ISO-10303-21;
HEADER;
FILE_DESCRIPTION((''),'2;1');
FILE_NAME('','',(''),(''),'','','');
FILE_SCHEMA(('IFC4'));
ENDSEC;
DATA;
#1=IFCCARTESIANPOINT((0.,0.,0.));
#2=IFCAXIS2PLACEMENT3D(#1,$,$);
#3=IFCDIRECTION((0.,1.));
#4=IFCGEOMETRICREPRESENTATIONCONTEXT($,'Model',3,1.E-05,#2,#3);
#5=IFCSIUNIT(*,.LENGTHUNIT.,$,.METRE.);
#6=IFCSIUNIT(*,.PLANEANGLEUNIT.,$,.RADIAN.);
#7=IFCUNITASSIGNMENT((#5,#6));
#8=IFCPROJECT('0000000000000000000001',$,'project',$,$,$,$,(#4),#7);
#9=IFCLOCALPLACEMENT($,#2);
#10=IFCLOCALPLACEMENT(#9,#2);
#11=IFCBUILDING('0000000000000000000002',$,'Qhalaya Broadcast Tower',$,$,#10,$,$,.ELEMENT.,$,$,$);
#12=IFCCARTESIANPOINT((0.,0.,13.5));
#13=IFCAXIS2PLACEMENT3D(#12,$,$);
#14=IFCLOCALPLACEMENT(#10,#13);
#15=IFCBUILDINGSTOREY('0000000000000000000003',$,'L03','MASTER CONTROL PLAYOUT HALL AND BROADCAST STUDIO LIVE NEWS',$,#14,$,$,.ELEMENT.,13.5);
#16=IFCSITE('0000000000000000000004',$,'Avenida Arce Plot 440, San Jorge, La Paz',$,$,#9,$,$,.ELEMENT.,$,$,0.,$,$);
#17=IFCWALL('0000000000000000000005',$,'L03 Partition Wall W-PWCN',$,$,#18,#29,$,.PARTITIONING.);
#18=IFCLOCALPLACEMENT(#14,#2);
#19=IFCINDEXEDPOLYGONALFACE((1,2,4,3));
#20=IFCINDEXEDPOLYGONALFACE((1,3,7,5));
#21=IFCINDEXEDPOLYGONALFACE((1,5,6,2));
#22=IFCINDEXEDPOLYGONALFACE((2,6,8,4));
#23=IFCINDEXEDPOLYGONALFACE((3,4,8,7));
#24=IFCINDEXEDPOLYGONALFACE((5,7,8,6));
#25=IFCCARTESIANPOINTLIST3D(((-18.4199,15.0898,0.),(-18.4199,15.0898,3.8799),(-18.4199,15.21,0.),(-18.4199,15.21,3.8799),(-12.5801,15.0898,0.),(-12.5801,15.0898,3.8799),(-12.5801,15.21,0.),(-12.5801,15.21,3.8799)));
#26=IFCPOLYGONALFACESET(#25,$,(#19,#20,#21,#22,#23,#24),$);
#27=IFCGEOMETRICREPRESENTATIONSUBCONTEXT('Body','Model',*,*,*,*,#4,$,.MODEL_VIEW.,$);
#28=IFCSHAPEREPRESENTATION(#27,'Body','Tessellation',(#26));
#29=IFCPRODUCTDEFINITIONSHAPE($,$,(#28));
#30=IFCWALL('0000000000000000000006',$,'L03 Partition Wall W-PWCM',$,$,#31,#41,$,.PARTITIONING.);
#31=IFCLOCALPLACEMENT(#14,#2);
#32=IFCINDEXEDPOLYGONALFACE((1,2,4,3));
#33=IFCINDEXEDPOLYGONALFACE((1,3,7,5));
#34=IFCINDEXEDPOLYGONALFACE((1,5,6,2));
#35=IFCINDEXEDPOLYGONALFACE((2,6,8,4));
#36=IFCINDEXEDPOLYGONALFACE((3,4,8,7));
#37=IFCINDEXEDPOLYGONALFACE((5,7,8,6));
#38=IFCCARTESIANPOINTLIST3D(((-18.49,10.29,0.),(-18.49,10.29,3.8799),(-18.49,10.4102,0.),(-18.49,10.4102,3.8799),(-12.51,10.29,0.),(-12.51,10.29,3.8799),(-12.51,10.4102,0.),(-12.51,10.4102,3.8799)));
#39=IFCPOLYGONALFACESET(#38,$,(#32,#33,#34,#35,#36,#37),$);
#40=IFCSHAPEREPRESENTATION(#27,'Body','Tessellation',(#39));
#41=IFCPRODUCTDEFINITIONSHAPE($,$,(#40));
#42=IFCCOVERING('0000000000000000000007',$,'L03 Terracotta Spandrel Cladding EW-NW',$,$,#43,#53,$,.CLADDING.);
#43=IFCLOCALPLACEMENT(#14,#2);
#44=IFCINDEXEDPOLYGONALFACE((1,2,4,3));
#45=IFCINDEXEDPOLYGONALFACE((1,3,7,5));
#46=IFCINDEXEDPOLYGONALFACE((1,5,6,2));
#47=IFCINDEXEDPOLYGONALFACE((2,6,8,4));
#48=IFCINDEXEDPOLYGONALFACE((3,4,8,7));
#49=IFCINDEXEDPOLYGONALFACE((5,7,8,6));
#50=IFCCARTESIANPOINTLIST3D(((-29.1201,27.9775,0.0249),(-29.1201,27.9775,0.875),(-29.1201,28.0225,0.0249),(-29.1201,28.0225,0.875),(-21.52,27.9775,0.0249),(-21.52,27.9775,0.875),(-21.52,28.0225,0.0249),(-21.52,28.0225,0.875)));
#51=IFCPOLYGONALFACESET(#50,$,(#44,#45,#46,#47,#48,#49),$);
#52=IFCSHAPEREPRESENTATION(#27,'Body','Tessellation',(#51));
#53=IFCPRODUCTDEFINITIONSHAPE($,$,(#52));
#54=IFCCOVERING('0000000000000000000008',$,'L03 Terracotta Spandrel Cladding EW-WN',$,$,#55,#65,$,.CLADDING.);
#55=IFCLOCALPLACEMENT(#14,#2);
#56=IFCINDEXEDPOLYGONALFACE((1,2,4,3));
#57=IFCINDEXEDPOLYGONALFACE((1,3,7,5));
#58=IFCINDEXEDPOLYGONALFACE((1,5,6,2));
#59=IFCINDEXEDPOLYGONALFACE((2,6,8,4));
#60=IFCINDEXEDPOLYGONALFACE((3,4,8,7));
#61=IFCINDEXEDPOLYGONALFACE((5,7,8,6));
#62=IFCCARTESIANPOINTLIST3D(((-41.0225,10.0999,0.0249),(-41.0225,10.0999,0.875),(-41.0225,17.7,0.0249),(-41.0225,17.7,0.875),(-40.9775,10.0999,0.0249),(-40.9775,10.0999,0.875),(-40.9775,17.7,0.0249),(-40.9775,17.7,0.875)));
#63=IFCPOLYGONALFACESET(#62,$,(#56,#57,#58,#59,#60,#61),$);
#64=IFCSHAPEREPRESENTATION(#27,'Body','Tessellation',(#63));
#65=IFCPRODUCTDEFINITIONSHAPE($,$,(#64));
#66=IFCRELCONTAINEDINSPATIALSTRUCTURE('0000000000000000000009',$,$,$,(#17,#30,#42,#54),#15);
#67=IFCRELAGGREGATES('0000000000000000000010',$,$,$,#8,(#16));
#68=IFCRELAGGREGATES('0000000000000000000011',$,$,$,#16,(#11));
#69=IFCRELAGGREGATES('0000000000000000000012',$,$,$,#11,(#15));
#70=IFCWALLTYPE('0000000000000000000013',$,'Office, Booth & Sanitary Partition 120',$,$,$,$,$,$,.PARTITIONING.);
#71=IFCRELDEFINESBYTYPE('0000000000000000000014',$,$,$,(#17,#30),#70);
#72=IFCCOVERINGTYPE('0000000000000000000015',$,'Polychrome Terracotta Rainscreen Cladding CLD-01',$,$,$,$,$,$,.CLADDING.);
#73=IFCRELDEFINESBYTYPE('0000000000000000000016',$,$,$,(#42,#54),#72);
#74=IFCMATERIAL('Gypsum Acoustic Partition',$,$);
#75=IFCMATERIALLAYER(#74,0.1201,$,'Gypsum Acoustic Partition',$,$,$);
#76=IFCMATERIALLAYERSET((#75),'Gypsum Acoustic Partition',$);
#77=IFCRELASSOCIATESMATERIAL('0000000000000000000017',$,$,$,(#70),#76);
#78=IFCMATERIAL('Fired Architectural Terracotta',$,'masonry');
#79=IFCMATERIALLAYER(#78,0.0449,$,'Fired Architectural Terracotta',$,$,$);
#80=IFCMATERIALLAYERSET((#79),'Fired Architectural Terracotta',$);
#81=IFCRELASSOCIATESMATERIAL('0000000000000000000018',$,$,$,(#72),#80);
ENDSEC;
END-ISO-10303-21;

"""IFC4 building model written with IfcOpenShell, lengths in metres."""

from ifc_helpers import new_model, si_unit, direction, frame, frame_2d, origin, origin_2d, place, context, subcontext, project, spatial, rectangle, extrude, material, layer, layer_set, type_object, element, save


model = new_model("IFC4")

# Units and contexts
model_context = context("Model", 3, precision=1e-05, world=origin(), true_north=direction((0.0, 1.0)))
body_context = subcontext(model_context, "Body", "Model", "MODEL_VIEW")
ifc_project = project(units=[si_unit("LENGTHUNIT", "METRE"), si_unit("PLANEANGLEUNIT", "RADIAN")], contexts=[model_context])

# Site, building, storey
site_placement = place(None, origin())
site = spatial("IfcSite", under=ifc_project, at=site_placement, Name="Avenida Arce Plot 440, San Jorge, La Paz", CompositionType="ELEMENT", RefElevation=0.0)
building_placement = place(site_placement, origin())
building = spatial("IfcBuilding", under=site, at=building_placement, Name="Qhalaya Broadcast Tower", CompositionType="ELEMENT")
storey_placement = place(building_placement, frame((0.0, 0.0, 13.5)))
storey = spatial("IfcBuildingStorey", under=building, at=storey_placement, Name="L03", Description="MASTER CONTROL PLAYOUT HALL AND BROADCAST STUDIO LIVE NEWS", CompositionType="ELEMENT", Elevation=13.5)

# Shared definitions
ifc_material_1 = material(Name="Gypsum Acoustic Partition")

# Walls
ifc_layer_1 = layer(ifc_material_1, 0.1201, Name="Gypsum Acoustic Partition")
ifc_layer_set_1 = layer_set([ifc_layer_1], Name="Gypsum Acoustic Partition")
wall_type_1 = type_object("IfcWallType", Name="Office, Booth & Sanitary Partition 120", PredefinedType="PARTITIONING", material=ifc_layer_set_1)
wall_1_placement = place(storey_placement, frame((-18.4199, 15.1499, 0.0), z_axis=(0.0, 0.0, 1.0), x_axis=(1.0, 0.0, 0.0)))
element("IfcWall", 1, at=wall_1_placement, inside=storey, type_object=wall_type_1, Name="L03 Partition Wall W-PWCN", PredefinedType="PARTITIONING", context=body_context, shape_type="SweptSolid", body=[
    extrude(rectangle(XDim=5.8398, YDim=0.1201, at=frame_2d((2.9199, 0.0))), origin(), (0.0, 0.0, 1.0), 3.8799),
])
wall_2_placement = place(storey_placement, frame((-18.49, 10.3501, 0.0), z_axis=(0.0, 0.0, 1.0), x_axis=(1.0, 0.0, 0.0)))
element("IfcWall", 2, at=wall_2_placement, inside=storey, type_object=wall_type_1, Name="L03 Partition Wall W-PWCM", PredefinedType="PARTITIONING", context=body_context, shape_type="SweptSolid", body=[
    extrude(rectangle(XDim=5.98, YDim=0.1201, at=frame_2d((2.99, 0.0))), origin(), (0.0, 0.0, 1.0), 3.8799),
])

# Coverings
ifc_material_2 = material(Name="Fired Architectural Terracotta", Category="masonry")
ifc_layer_2 = layer(ifc_material_2, 0.0449, Name="Fired Architectural Terracotta")
ifc_layer_set_2 = layer_set([ifc_layer_2], Name="Fired Architectural Terracotta")
covering_type = type_object("IfcCoveringType", Name="Polychrome Terracotta Rainscreen Cladding CLD-01", PredefinedType="CLADDING", material=ifc_layer_set_2)
for number, where, z_axis, x_axis, name in (
    (3, (-25.3201, 28.0, 0.0249), (0.0, 0.0, 1.0), (1.0, 0.0, 0.0), "L03 Terracotta Spandrel Cladding EW-NW"),
    (4, (-41.0, 13.8999, 0.0249), (0.0, 0.0, 1.0), (0.0, 1.0, 0.0), "L03 Terracotta Spandrel Cladding EW-WN"),
):
    element("IfcCovering", number, at=place(storey_placement, frame(where, z_axis=z_axis, x_axis=x_axis)), inside=storey, type_object=covering_type, Name=name, PredefinedType="CLADDING", context=body_context, shape_type="SweptSolid", body=[
        extrude(rectangle(XDim=7.6001, YDim=0.0449, at=origin_2d()), origin(), (0.0, 0.0, 1.0), 0.8501),
    ])

save(model, "model.ifc")
